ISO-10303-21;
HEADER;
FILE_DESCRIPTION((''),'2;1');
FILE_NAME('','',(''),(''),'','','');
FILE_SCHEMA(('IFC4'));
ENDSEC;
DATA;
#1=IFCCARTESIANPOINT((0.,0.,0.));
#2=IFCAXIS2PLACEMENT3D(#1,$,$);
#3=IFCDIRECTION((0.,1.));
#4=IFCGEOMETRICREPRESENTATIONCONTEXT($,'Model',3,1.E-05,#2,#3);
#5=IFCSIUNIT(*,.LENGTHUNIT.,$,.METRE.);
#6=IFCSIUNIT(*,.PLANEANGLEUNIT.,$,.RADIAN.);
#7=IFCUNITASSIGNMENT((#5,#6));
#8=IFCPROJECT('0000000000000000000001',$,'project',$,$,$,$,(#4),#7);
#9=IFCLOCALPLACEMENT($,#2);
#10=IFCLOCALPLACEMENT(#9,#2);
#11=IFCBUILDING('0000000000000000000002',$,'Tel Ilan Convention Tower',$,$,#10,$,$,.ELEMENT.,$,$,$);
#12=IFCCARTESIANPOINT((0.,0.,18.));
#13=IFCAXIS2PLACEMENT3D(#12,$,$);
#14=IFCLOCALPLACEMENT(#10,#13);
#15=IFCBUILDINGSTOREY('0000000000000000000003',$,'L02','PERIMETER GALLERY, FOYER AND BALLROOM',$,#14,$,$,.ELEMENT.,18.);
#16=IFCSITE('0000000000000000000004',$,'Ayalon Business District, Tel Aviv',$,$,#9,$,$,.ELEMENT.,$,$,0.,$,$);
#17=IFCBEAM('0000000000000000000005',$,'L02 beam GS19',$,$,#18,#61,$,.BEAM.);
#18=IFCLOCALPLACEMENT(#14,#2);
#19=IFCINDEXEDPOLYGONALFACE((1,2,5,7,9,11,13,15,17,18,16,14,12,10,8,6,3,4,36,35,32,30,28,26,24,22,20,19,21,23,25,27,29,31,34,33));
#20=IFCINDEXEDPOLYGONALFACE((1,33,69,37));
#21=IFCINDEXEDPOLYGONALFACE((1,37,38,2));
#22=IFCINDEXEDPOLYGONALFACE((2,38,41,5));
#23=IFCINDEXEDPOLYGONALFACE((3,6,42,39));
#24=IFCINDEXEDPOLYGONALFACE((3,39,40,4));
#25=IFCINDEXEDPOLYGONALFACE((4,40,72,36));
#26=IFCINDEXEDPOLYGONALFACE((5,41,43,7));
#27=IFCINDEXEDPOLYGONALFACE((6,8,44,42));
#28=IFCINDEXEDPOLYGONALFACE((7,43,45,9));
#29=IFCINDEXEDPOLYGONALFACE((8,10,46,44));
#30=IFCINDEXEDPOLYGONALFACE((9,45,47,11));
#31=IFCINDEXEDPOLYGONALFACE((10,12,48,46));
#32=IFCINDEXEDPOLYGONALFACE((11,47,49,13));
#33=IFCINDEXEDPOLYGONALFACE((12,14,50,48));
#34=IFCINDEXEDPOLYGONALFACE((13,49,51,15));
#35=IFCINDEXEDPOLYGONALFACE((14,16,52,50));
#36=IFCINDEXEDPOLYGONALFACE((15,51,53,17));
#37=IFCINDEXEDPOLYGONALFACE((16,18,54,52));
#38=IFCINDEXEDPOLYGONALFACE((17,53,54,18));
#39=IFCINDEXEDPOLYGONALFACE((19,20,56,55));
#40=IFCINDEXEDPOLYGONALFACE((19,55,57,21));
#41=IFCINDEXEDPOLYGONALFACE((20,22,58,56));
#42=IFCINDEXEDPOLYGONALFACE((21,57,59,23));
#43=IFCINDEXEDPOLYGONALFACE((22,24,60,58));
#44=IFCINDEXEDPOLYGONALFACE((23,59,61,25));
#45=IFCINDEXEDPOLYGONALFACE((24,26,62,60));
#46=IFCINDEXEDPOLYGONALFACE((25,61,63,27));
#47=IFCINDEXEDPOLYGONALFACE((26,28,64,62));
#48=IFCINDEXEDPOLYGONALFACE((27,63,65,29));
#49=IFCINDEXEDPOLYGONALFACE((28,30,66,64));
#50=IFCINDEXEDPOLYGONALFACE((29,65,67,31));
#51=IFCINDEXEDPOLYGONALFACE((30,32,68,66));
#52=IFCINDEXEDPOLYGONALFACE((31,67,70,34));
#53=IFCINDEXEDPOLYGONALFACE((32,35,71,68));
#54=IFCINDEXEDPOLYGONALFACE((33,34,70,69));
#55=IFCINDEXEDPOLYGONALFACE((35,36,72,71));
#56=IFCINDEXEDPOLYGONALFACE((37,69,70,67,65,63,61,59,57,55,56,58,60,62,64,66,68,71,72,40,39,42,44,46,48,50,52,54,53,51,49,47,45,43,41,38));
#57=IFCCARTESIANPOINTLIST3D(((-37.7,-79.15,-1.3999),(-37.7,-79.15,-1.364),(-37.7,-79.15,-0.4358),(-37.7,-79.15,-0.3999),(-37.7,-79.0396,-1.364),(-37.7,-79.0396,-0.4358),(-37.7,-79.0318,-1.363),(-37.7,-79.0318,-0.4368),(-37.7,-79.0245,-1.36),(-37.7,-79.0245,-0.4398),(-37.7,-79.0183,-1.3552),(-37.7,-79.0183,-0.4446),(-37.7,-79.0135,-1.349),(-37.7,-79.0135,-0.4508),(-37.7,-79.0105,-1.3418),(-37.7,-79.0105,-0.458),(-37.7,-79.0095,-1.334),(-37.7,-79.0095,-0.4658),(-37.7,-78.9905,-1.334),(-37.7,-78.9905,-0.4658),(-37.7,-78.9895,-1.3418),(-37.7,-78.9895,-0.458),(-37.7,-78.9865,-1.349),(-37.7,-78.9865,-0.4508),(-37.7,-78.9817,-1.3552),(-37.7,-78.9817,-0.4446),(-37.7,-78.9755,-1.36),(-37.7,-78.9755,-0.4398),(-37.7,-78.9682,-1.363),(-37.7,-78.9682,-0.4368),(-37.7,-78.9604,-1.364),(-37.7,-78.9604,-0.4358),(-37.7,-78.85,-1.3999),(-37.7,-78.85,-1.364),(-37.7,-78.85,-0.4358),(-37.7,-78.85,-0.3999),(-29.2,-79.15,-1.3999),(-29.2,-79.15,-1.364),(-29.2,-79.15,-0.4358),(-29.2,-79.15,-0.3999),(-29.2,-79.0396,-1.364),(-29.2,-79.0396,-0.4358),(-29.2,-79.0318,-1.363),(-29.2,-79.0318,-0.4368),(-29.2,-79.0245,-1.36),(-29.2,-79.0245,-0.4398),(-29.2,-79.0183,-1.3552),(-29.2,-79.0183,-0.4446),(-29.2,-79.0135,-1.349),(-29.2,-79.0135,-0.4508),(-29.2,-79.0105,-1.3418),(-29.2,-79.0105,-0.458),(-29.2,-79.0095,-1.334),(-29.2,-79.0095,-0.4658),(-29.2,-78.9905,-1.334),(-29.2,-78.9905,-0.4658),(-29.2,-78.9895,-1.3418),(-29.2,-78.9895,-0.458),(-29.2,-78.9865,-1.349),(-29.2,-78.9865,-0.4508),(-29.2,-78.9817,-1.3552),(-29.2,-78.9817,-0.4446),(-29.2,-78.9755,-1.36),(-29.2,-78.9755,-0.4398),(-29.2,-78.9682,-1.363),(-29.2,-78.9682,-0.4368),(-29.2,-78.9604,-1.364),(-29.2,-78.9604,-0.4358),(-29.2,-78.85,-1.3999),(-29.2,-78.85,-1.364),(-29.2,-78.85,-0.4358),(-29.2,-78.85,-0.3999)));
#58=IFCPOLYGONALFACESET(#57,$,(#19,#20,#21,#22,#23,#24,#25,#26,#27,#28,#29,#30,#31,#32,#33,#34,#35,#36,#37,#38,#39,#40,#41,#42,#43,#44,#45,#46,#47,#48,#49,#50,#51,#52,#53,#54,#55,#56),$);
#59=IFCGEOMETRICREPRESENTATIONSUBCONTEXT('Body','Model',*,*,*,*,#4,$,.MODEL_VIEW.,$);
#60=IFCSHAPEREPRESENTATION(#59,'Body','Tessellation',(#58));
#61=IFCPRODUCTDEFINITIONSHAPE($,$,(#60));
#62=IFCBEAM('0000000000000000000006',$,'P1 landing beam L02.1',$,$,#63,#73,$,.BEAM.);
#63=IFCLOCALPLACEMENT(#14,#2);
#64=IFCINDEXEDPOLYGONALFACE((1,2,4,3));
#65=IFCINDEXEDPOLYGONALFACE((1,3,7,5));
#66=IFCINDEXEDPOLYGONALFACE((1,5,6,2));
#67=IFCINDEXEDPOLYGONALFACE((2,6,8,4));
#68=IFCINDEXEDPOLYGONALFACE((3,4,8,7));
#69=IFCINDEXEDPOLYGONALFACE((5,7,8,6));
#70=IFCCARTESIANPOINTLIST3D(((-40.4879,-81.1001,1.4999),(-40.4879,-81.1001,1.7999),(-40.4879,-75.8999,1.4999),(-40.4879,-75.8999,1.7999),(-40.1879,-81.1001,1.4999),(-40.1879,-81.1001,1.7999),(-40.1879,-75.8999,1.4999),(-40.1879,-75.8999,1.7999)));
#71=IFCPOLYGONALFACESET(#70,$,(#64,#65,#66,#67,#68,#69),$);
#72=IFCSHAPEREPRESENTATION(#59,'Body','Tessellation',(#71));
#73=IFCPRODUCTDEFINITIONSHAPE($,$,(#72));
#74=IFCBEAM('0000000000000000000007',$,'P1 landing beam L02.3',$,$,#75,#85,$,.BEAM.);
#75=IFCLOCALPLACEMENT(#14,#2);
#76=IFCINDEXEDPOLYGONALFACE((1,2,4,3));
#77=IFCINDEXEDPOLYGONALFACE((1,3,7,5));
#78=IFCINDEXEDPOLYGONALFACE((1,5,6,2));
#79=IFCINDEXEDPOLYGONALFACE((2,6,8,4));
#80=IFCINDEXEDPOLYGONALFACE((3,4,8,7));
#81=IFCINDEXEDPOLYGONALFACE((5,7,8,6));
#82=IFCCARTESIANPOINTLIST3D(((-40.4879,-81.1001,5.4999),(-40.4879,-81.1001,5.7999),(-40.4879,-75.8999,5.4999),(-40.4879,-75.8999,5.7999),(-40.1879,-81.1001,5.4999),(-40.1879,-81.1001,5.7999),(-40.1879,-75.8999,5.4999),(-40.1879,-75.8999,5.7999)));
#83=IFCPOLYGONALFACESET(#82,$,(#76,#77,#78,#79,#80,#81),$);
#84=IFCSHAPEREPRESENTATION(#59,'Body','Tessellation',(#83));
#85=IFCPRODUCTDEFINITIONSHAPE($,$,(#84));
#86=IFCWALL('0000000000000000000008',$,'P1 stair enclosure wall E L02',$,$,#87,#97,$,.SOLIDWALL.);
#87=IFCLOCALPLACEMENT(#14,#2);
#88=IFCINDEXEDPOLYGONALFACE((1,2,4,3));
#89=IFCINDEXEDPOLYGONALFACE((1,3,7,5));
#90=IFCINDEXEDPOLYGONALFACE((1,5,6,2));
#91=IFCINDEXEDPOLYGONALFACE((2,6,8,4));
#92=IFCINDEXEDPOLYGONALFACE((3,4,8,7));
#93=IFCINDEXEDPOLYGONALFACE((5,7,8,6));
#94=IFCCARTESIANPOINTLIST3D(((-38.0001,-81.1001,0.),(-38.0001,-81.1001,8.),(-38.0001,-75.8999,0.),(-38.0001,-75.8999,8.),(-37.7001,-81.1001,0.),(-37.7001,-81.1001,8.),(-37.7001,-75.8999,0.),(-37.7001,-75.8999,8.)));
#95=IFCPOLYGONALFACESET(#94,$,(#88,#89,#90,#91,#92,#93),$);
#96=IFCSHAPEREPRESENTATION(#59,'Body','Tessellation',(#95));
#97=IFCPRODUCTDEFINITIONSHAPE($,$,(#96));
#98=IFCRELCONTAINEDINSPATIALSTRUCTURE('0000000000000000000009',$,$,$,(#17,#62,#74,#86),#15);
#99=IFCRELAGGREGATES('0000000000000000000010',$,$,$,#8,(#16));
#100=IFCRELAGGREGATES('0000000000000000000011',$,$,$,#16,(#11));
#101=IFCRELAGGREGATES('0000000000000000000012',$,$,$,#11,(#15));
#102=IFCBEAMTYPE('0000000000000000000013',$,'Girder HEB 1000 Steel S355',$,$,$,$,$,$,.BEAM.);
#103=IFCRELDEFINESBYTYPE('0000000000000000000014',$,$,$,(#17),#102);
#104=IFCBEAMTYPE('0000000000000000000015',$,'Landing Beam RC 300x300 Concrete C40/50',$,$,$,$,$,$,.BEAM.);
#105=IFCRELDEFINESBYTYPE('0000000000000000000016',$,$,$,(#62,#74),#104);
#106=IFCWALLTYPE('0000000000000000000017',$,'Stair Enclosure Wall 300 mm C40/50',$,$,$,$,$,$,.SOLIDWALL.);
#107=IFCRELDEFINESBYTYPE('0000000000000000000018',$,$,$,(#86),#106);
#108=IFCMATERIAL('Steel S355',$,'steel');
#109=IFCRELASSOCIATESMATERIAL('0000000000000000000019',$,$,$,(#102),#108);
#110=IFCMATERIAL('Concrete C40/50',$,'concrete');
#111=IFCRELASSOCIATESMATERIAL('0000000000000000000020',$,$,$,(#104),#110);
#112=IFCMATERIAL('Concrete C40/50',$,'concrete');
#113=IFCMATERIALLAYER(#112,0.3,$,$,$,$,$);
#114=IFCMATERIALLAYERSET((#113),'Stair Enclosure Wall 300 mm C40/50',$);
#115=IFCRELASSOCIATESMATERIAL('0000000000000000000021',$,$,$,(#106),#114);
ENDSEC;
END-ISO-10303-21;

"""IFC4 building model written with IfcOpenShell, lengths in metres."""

from ifc_helpers import new_model, si_unit, direction, frame, frame_2d, origin, origin_2d, place, context, subcontext, project, spatial, rectangle, i_section, extrude, material, layer, layer_set, material_profile, profile_set, type_object, element, save


model = new_model("IFC4")

# Units and contexts
model_context = context("Model", 3, precision=1e-05, world=origin(), true_north=direction((0.0, 1.0)))
body_context = subcontext(model_context, "Body", "Model", "MODEL_VIEW")
ifc_project = project(units=[si_unit("LENGTHUNIT", "METRE"), si_unit("PLANEANGLEUNIT", "RADIAN")], contexts=[model_context])

# Site, building, storey
site_placement = place(None, origin())
site = spatial("IfcSite", under=ifc_project, at=site_placement, Name="Ayalon Business District, Tel Aviv", CompositionType="ELEMENT", RefElevation=0.0)
building_placement = place(site_placement, origin())
building = spatial("IfcBuilding", under=site, at=building_placement, Name="Tel Ilan Convention Tower", CompositionType="ELEMENT")
storey_placement = place(building_placement, frame((0.0, 0.0, 18.0)))
storey = spatial("IfcBuildingStorey", under=building, at=storey_placement, Name="L02", Description="PERIMETER GALLERY, FOYER AND BALLROOM", CompositionType="ELEMENT", Elevation=18.0)

# Beams
ifc_material_1 = material(Name="Steel S355", Category="steel")
ifc_material_profile_1 = material_profile(ifc_material_1, i_section(OverallWidth=0.3, OverallDepth=1.0, WebThickness=0.019, FlangeThickness=0.0359, FilletRadius=0.03, at=origin_2d()), Name="HEB 1000")
ifc_profile_set_1 = profile_set([ifc_material_profile_1], Name="Steel S355")
beam_type_1 = type_object("IfcBeamType", Name="Girder HEB 1000 Steel S355", PredefinedType="BEAM", material=ifc_profile_set_1)
beam_placement = place(storey_placement, frame((-37.7, -79.0, -0.8999), z_axis=(1.0, 0.0, 0.0), x_axis=(0.0, 1.0, 0.0)))
element("IfcBeam", 1, at=beam_placement, inside=storey, type_object=beam_type_1, Name="L02 beam GS19", PredefinedType="BEAM", context=body_context, shape_type="SweptSolid", body=[
    extrude(i_section(OverallWidth=0.3, OverallDepth=1.0, WebThickness=0.019, FlangeThickness=0.0359, FilletRadius=0.03, at=origin_2d()), origin(), (0.0, 0.0, 1.0), 8.5),
])
ifc_material_2 = material(Name="Concrete C40/50", Category="concrete")
ifc_material_profile_2 = material_profile(ifc_material_2, rectangle(XDim=0.3, YDim=0.3, at=origin_2d()), Name="RC 300x300")
ifc_profile_set_2 = profile_set([ifc_material_profile_2], Name="Concrete C40/50")
beam_type_2 = type_object("IfcBeamType", Name="Landing Beam RC 300x300 Concrete C40/50", PredefinedType="BEAM", material=ifc_profile_set_2)
for number, where, z_axis, x_axis, name in (
    (2, (-40.3379, -81.1001, 1.6499), (0.0, 1.0, 0.0), (-1.0, 0.0, 0.0), "P1 landing beam L02.1"),
    (3, (-40.3379, -81.1001, 5.6499), (0.0, 1.0, 0.0), (-1.0, 0.0, 0.0), "P1 landing beam L02.3"),
):
    element("IfcBeam", number, at=place(storey_placement, frame(where, z_axis=z_axis, x_axis=x_axis)), inside=storey, type_object=beam_type_2, Name=name, PredefinedType="BEAM", context=body_context, shape_type="SweptSolid", body=[
        extrude(rectangle(XDim=0.3, YDim=0.3, at=origin_2d()), origin(), (0.0, 0.0, 1.0), 5.2002),
    ])

# Wall
ifc_material_3 = material(Name="Concrete C40/50", Category="concrete")
ifc_layer = layer(ifc_material_3, 0.3)
ifc_layer_set = layer_set([ifc_layer], Name="Stair Enclosure Wall 300 mm C40/50")
wall_type = type_object("IfcWallType", Name="Stair Enclosure Wall 300 mm C40/50", PredefinedType="SOLIDWALL", material=ifc_layer_set)
wall_placement = place(storey_placement, frame((-37.8501, -81.1001, 0.0), z_axis=(0.0, 0.0, 1.0), x_axis=(0.0, 1.0, 0.0)))
element("IfcWall", 4, at=wall_placement, inside=storey, type_object=wall_type, Name="P1 stair enclosure wall E L02", PredefinedType="SOLIDWALL", context=body_context, shape_type="SweptSolid", body=[
    extrude(rectangle(XDim=5.2002, YDim=0.3, at=frame_2d((2.6001, 0.0))), origin(), (0.0, 0.0, 1.0), 8.0),
])

save(model, "model.ifc")
